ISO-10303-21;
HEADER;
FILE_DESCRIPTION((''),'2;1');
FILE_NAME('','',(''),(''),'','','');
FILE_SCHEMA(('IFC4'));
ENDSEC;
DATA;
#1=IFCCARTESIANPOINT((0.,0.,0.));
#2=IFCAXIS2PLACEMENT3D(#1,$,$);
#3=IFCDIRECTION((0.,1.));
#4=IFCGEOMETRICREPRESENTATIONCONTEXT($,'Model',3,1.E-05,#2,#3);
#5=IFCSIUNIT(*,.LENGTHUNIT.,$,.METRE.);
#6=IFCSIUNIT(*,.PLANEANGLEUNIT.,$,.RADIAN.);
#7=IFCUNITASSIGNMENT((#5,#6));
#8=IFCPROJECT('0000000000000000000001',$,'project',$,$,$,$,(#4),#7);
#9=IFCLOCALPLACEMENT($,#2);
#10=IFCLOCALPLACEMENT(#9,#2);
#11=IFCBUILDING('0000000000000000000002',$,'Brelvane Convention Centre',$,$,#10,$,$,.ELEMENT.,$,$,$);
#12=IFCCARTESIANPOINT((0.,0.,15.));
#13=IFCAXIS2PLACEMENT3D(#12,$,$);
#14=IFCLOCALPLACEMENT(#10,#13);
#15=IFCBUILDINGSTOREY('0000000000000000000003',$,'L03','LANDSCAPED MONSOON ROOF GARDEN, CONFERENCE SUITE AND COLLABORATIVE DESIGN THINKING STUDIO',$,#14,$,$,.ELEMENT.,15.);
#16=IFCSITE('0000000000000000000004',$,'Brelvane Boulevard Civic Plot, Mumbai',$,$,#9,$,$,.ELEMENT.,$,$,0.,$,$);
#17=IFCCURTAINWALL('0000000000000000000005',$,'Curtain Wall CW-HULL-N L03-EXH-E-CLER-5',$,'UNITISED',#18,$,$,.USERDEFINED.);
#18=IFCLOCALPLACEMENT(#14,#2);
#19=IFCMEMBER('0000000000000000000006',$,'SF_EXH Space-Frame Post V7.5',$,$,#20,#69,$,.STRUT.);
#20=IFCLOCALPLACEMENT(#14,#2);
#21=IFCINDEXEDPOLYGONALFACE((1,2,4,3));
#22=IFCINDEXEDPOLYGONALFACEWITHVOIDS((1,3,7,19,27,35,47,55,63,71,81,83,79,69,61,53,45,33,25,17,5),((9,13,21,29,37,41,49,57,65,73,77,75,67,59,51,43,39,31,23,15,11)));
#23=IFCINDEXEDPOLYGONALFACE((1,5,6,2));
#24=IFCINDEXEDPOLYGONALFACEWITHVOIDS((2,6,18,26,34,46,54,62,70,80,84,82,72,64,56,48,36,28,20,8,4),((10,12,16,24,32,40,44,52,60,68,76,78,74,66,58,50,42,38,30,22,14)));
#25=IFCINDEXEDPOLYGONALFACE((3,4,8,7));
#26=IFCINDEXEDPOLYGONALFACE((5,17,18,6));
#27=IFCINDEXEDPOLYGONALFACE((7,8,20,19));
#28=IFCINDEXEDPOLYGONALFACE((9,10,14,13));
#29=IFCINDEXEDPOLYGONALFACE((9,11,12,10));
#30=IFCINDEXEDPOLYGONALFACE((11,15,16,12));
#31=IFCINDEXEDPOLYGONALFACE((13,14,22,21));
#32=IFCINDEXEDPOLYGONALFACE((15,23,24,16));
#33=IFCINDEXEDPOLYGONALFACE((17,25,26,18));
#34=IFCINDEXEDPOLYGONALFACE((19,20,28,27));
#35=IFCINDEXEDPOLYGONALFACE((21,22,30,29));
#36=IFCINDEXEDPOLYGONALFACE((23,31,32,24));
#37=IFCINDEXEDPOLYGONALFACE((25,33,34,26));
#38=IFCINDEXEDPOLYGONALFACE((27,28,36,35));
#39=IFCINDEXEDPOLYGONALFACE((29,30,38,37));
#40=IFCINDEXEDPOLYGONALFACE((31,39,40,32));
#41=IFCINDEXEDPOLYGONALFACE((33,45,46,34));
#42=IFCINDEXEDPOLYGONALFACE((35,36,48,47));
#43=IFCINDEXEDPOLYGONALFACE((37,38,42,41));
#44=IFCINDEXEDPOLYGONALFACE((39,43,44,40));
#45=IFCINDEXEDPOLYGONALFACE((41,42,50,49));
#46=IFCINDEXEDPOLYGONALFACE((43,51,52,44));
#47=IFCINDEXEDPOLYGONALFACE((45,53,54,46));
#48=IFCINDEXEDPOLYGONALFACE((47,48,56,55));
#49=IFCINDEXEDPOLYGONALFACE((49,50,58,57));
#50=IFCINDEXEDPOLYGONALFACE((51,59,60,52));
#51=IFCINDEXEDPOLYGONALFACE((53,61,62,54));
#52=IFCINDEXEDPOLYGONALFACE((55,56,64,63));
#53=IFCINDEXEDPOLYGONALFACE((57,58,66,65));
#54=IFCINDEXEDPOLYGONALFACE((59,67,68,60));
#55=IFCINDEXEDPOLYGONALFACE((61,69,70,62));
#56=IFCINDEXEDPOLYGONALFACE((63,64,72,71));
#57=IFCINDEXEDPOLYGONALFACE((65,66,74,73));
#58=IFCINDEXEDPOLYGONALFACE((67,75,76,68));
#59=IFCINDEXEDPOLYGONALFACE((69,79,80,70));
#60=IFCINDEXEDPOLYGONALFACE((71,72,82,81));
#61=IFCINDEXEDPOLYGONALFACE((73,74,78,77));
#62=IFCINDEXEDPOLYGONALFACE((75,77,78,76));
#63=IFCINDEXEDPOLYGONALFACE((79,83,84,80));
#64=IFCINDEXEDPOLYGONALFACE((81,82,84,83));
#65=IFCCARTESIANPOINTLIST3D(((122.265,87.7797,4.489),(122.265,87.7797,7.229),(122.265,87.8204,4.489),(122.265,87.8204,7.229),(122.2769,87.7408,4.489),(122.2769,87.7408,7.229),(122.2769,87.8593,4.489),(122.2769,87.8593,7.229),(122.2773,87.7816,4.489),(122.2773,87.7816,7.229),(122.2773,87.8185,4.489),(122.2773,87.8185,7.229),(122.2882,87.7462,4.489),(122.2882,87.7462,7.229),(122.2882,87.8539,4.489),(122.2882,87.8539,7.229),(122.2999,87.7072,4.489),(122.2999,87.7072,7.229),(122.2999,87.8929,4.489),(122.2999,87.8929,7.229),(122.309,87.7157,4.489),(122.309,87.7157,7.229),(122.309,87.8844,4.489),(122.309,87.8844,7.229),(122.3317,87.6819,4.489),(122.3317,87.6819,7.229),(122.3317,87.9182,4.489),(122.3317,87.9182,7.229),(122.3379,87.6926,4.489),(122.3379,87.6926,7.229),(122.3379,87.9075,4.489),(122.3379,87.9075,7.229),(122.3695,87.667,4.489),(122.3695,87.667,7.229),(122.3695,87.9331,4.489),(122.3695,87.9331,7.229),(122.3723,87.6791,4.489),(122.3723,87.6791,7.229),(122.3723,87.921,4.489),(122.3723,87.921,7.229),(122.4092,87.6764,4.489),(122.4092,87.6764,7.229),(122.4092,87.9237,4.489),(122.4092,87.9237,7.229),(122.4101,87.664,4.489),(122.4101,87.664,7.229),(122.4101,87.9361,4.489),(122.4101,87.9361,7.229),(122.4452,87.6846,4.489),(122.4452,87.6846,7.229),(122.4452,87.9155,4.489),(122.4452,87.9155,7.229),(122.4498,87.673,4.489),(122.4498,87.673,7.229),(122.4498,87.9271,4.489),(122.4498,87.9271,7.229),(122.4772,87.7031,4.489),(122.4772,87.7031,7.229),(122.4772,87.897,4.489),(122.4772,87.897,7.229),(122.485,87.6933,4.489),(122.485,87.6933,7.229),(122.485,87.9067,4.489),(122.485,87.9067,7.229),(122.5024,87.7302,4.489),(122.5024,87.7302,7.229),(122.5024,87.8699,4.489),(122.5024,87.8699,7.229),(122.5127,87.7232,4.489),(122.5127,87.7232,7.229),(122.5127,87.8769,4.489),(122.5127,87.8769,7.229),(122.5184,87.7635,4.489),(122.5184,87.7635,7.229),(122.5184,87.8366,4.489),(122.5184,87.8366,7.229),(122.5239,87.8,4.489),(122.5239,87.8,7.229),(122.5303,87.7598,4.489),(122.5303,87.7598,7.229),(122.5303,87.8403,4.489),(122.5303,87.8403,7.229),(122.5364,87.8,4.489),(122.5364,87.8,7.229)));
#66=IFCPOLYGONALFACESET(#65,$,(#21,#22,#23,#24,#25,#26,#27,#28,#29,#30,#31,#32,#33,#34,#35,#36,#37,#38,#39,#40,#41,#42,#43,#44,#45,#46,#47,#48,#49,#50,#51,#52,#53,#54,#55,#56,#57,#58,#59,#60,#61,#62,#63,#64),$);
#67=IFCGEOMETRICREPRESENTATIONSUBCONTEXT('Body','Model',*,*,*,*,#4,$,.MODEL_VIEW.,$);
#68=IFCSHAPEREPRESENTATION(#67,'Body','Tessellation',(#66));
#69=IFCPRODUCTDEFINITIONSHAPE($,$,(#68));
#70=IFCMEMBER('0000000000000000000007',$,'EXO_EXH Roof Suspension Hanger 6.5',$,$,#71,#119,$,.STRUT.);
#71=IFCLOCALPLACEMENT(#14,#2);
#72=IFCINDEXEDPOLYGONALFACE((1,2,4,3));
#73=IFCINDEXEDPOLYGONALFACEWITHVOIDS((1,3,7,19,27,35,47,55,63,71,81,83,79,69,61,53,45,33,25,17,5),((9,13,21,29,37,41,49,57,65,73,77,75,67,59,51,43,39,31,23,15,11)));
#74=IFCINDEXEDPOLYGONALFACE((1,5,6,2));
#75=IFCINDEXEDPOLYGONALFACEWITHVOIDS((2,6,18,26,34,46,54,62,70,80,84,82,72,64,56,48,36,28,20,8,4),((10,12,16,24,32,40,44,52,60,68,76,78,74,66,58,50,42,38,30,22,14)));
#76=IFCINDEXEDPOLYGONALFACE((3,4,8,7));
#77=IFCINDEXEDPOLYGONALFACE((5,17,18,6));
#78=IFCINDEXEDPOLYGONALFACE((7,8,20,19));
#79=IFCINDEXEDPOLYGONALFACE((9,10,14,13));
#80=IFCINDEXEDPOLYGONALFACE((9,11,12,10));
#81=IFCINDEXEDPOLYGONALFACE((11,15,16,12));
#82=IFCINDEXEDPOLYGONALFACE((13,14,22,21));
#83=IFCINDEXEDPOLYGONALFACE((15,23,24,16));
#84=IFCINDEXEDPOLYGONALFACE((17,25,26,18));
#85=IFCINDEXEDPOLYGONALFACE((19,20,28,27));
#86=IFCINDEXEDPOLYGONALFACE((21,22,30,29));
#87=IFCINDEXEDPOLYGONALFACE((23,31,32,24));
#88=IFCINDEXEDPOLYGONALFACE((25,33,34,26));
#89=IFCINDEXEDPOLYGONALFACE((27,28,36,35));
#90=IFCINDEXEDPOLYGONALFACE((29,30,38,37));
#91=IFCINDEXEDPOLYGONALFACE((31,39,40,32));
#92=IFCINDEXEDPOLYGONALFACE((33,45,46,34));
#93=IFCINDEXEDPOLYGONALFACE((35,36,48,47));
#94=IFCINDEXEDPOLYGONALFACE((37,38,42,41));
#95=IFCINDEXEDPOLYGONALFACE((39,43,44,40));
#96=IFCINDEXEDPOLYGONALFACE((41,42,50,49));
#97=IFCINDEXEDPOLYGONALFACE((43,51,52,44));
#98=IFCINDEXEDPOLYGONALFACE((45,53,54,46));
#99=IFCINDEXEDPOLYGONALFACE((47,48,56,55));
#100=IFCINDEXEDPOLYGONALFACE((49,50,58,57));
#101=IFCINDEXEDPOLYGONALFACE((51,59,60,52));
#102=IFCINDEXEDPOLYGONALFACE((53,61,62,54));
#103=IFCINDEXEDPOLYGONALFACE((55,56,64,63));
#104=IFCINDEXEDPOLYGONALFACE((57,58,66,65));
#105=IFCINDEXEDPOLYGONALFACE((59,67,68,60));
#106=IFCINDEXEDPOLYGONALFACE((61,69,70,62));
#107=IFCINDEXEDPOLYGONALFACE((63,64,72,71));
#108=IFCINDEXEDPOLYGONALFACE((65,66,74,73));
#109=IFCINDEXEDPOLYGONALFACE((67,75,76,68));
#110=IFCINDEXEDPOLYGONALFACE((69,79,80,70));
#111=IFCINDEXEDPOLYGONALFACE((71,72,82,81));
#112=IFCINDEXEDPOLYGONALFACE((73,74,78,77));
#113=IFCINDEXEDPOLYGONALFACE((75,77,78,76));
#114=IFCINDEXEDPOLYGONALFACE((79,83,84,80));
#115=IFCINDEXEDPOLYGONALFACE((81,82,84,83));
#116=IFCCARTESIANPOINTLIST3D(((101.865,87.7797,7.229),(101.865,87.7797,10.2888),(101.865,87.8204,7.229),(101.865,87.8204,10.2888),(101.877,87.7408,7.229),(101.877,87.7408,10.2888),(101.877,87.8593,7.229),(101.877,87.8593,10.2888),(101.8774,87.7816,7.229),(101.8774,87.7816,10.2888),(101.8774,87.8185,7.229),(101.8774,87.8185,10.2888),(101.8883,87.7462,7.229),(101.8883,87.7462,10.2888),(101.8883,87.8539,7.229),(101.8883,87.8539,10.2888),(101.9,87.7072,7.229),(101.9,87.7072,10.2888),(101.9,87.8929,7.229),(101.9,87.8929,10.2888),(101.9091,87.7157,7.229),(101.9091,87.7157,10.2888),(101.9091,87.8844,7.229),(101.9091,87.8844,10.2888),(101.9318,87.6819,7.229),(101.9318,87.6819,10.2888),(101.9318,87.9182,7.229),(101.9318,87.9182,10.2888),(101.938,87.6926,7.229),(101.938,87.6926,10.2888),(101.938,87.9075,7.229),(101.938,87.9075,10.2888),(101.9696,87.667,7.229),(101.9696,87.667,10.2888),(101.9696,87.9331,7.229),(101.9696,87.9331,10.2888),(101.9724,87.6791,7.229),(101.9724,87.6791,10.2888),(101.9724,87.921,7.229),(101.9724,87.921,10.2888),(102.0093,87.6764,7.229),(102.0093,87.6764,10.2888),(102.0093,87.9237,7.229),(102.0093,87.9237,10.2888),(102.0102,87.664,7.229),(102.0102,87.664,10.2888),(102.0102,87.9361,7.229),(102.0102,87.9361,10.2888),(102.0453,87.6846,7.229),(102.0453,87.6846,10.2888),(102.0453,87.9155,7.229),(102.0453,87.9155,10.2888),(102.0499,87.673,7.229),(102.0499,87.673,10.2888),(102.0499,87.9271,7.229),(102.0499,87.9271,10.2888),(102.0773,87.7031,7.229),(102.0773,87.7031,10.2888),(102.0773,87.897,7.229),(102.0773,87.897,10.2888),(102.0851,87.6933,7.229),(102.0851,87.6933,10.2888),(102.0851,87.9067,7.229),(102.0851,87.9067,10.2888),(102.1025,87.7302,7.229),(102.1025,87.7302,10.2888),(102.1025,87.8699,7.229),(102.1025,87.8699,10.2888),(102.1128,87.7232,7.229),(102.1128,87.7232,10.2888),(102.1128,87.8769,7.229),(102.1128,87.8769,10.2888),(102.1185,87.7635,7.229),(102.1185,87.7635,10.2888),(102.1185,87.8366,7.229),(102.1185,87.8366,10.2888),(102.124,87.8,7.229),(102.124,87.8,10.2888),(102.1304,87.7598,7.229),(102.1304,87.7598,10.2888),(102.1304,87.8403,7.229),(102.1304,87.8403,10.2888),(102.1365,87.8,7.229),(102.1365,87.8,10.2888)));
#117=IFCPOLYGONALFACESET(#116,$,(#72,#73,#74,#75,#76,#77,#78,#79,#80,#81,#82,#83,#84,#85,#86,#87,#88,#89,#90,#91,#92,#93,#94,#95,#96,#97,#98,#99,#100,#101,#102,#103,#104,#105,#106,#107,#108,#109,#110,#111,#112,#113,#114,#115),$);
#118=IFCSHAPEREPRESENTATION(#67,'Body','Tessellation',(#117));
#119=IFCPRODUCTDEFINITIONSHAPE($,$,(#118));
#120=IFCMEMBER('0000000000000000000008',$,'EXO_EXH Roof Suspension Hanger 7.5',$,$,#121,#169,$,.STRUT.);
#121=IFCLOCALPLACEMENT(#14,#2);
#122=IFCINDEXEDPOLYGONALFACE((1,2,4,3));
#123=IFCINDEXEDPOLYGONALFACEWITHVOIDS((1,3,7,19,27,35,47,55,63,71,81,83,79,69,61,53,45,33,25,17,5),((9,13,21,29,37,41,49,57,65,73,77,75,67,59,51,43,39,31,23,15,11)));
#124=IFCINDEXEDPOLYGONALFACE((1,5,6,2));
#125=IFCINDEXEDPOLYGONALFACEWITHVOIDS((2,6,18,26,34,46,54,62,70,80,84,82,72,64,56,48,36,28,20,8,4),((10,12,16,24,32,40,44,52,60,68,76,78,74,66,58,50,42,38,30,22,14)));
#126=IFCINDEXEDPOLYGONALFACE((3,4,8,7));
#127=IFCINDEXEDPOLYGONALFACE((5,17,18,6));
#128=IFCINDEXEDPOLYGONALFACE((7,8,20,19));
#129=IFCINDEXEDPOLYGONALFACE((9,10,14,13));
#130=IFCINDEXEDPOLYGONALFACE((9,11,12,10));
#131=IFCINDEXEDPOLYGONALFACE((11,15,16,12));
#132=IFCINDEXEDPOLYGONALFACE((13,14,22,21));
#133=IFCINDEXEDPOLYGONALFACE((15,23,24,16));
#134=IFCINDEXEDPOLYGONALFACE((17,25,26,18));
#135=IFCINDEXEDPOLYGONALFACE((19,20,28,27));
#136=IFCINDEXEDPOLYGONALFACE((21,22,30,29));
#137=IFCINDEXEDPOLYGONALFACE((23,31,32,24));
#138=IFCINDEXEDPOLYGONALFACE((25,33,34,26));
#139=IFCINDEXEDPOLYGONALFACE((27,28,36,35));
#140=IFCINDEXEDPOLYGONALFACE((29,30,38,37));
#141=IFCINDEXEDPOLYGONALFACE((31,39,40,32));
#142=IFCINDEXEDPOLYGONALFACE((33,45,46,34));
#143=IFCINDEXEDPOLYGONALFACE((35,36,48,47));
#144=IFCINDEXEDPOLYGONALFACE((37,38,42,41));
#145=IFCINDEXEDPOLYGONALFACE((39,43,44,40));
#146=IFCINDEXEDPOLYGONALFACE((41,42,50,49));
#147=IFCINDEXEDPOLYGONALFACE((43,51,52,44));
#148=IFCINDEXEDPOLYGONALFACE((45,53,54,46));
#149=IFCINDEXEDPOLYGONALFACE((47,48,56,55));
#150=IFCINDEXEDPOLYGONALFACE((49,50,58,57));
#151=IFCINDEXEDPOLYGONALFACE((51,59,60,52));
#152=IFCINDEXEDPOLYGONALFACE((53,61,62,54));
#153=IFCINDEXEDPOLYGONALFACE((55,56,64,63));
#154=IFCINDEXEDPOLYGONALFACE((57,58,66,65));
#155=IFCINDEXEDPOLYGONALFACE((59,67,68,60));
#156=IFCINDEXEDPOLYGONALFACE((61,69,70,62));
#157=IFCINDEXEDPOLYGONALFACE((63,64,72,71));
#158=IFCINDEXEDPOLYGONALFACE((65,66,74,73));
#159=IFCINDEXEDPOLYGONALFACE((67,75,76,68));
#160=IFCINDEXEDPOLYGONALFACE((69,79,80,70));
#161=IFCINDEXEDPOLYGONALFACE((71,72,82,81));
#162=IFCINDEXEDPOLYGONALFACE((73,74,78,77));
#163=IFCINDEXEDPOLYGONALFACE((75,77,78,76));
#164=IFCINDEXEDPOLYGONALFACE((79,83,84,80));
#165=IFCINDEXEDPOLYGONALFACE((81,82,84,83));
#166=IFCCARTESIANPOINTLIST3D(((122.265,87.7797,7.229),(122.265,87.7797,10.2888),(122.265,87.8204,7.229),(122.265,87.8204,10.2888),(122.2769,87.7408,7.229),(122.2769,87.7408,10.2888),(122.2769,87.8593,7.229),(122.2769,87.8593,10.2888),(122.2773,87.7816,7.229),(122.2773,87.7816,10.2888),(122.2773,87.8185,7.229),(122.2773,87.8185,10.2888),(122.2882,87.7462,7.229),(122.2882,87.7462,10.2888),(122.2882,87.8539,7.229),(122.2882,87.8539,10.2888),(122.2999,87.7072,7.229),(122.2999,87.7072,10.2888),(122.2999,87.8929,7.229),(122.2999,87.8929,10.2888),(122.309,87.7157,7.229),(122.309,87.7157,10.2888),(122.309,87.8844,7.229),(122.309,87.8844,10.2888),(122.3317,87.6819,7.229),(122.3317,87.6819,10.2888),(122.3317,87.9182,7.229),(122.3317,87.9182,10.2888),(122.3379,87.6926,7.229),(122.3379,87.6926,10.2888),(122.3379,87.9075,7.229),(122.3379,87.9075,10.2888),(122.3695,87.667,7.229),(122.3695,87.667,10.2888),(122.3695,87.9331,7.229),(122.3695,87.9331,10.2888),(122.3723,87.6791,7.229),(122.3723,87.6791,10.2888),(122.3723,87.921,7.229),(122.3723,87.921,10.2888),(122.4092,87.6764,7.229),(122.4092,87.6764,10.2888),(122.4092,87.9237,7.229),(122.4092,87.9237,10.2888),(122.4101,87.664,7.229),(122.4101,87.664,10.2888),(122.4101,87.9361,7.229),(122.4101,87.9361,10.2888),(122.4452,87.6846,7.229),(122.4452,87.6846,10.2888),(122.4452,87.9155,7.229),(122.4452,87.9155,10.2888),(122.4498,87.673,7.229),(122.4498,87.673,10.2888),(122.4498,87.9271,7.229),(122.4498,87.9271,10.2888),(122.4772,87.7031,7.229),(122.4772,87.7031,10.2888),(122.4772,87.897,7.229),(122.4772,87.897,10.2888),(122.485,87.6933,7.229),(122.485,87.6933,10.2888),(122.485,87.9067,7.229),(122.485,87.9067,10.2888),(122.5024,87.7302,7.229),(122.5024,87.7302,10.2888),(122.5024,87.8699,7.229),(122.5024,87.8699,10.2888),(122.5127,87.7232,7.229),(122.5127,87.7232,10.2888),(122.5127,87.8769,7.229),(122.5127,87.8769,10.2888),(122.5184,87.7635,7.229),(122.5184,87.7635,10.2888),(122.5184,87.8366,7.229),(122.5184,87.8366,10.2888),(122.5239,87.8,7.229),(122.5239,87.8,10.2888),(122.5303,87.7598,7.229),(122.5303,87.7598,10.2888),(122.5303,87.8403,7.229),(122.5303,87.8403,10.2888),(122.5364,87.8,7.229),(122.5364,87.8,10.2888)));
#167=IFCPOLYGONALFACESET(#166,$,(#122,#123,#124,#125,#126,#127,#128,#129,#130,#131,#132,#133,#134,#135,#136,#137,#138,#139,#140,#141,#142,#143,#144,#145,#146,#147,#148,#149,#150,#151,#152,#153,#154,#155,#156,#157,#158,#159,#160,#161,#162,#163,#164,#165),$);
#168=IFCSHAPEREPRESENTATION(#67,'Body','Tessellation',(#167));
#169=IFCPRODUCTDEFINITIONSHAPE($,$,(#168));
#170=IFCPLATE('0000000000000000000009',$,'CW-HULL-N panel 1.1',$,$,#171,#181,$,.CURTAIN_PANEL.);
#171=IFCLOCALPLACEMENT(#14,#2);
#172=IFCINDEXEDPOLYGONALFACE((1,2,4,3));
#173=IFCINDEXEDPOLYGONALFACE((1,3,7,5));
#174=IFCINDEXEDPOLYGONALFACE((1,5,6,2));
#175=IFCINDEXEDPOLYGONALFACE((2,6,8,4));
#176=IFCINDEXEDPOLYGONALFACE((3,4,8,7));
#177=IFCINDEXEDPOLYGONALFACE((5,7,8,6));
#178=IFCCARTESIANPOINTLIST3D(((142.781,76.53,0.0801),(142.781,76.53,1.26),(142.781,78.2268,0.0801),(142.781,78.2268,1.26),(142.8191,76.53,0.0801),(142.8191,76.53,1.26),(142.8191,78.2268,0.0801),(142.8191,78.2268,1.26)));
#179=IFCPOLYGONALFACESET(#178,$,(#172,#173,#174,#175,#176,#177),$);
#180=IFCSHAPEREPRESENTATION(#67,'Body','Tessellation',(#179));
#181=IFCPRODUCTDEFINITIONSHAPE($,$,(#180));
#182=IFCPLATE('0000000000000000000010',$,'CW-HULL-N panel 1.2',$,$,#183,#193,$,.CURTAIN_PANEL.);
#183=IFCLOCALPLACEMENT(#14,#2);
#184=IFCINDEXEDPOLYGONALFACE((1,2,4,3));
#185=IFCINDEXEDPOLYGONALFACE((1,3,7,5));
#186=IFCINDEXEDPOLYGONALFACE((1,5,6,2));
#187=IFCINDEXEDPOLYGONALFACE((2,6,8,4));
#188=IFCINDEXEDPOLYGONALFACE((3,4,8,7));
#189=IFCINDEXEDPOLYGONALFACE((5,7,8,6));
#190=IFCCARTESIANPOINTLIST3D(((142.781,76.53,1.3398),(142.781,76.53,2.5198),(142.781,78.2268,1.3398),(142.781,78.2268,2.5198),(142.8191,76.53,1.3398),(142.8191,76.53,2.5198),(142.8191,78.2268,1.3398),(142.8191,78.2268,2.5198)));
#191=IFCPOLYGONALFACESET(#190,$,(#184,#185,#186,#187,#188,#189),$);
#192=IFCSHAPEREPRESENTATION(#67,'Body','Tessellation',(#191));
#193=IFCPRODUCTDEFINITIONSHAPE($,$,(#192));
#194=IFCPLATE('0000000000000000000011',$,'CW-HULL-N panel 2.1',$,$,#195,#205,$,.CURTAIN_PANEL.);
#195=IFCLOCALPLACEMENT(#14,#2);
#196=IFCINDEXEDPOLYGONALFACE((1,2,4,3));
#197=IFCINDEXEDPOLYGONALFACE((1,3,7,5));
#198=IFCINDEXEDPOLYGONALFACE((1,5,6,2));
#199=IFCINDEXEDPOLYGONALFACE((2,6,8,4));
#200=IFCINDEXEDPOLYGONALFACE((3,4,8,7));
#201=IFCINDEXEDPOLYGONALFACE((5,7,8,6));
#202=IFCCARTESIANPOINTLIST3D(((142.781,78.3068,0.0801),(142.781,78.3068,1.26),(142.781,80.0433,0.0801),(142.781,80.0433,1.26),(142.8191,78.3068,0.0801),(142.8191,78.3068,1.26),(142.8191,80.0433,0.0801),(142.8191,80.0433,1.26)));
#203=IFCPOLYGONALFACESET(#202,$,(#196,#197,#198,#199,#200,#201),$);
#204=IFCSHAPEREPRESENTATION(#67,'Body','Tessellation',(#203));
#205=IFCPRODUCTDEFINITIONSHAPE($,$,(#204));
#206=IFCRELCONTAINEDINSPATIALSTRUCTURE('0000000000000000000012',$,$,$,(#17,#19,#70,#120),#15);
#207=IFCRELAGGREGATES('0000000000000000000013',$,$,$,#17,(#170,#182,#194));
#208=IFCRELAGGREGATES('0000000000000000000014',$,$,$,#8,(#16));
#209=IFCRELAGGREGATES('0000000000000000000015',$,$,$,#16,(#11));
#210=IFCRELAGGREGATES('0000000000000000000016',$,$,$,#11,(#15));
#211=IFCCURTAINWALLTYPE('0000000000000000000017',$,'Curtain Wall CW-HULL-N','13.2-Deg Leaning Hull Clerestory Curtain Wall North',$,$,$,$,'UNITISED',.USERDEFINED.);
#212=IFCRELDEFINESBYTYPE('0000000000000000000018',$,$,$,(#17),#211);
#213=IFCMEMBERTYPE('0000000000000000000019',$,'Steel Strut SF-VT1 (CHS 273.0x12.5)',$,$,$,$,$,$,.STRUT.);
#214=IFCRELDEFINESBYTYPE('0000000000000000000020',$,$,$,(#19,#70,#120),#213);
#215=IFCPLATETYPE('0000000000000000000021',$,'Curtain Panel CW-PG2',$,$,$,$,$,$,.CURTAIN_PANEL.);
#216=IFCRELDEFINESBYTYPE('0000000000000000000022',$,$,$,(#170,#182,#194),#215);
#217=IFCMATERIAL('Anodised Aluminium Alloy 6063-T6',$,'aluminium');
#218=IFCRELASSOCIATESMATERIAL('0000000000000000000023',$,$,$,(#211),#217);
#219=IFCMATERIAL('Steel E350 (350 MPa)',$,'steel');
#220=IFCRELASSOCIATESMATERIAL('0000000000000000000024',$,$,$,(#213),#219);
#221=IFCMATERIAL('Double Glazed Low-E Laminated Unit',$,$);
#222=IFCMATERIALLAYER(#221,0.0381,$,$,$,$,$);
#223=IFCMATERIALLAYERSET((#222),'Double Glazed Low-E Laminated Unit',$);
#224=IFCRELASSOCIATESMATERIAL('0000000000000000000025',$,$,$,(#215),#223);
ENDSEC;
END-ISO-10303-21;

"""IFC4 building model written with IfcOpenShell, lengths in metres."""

from ifc_helpers import new_model, si_unit, direction, frame, origin, origin_2d, place, context, subcontext, project, spatial, rectangle, hollow_circle, extrude, material, layer, layer_set, material_profile, profile_set, type_object, element, aggregate, save


model = new_model("IFC4")

# Units and contexts
model_context = context("Model", 3, precision=1e-05, world=origin(), true_north=direction((0.0, 1.0)))
body_context = subcontext(model_context, "Body", "Model", "MODEL_VIEW")
ifc_project = project(units=[si_unit("LENGTHUNIT", "METRE"), si_unit("PLANEANGLEUNIT", "RADIAN")], contexts=[model_context])

# Site, building, storey
site_placement = place(None, origin())
site = spatial("IfcSite", under=ifc_project, at=site_placement, Name="Brelvane Boulevard Civic Plot, Mumbai", CompositionType="ELEMENT", RefElevation=0.0)
building_placement = place(site_placement, origin())
building = spatial("IfcBuilding", under=site, at=building_placement, Name="Brelvane Convention Centre", CompositionType="ELEMENT")
storey_placement = place(building_placement, frame((0.0, 0.0, 15.0)))
storey = spatial("IfcBuildingStorey", under=building, at=storey_placement, Name="L03", Description="LANDSCAPED MONSOON ROOF GARDEN, CONFERENCE SUITE AND COLLABORATIVE DESIGN THINKING STUDIO", CompositionType="ELEMENT", Elevation=15.0)

# Curtain wall
ifc_material_1 = material(Name="Anodised Aluminium Alloy 6063-T6", Category="aluminium")
curtain_wall_type = type_object("IfcCurtainWallType", Name="Curtain Wall CW-HULL-N", Description="13.2-Deg Leaning Hull Clerestory Curtain Wall North", ElementType="UNITISED", PredefinedType="USERDEFINED", material=ifc_material_1)
curtain_wall_placement = place(storey_placement, origin())
curtain_wall = element("IfcCurtainWall", 1, at=curtain_wall_placement, inside=storey, type_object=curtain_wall_type, Name="Curtain Wall CW-HULL-N L03-EXH-E-CLER-5", ObjectType="UNITISED", PredefinedType="USERDEFINED")

# Members
ifc_material_2 = material(Name="Steel E350 (350 MPa)", Category="steel")
ifc_material_profile_1 = material_profile(ifc_material_2, hollow_circle(Radius=0.1365, WallThickness=0.0125, at=origin_2d()), Name="CHS 273.0x12.5")
ifc_profile_set_1 = profile_set([ifc_material_profile_1], Name="Steel E350 (350 MPa)")
member_type_1 = type_object("IfcMemberType", Name="Steel Strut SF-VT1 (CHS 273.0x12.5)", PredefinedType="STRUT", material=ifc_profile_set_1)
member_1_placement = place(storey_placement, frame((122.3999, 87.8, 4.489), z_axis=(0.0, 0.0, 1.0), x_axis=(1.0, 0.0, 0.0)))
element("IfcMember", 2, at=member_1_placement, inside=storey, type_object=member_type_1, Name="SF_EXH Space-Frame Post V7.5", PredefinedType="STRUT", context=body_context, shape_type="SweptSolid", body=[
    extrude(hollow_circle(Radius=0.1365, WallThickness=0.0125, at=origin_2d()), origin(), (0.0, 0.0, 1.0), 2.74),
])
for number, where, z_axis, x_axis, name in (
    (3, (102.0, 87.8, 7.229), (0.0, 0.0, 1.0), (1.0, 0.0, 0.0), "EXO_EXH Roof Suspension Hanger 6.5"),
    (4, (122.3999, 87.8, 7.229), (0.0, 0.0, 1.0), (1.0, 0.0, 0.0), "EXO_EXH Roof Suspension Hanger 7.5"),
):
    element("IfcMember", number, at=place(storey_placement, frame(where, z_axis=z_axis, x_axis=x_axis)), inside=storey, type_object=member_type_1, Name=name, PredefinedType="STRUT", context=body_context, shape_type="SweptSolid", body=[
        extrude(hollow_circle(Radius=0.1365, WallThickness=0.0125, at=origin_2d()), origin(), (0.0, 0.0, 1.0), 3.0598),
    ])

# Plates
ifc_material_3 = material(Name="Double Glazed Low-E Laminated Unit")
ifc_layer_1 = layer(ifc_material_3, 0.0381)
ifc_layer_set_1 = layer_set([ifc_layer_1], Name="Double Glazed Low-E Laminated Unit")
plate_type_1 = type_object("IfcPlateType", Name="Curtain Panel CW-PG2", PredefinedType="CURTAIN_PANEL", material=ifc_layer_set_1)
plate_1_placement = place(storey_placement, frame((142.8, 77.3784, 0.0801), z_axis=(0.0, 0.0, 1.0), x_axis=(0.0, 1.0, 0.0)))
plate_1 = element("IfcPlate", 5, at=plate_1_placement, type_object=plate_type_1, Name="CW-HULL-N panel 1.1", PredefinedType="CURTAIN_PANEL", context=body_context, shape_type="SweptSolid", body=[
    extrude(rectangle(XDim=1.6968, YDim=0.0381, at=origin_2d()), origin(), (0.0, 0.0, 1.0), 1.1799),
])
plate_2_placement = place(storey_placement, frame((142.8, 77.3784, 1.3398), z_axis=(0.0, 0.0, 1.0), x_axis=(0.0, 1.0, 0.0)))
plate_2 = element("IfcPlate", 6, at=plate_2_placement, type_object=plate_type_1, Name="CW-HULL-N panel 1.2", PredefinedType="CURTAIN_PANEL", context=body_context, shape_type="SweptSolid", body=[
    extrude(rectangle(XDim=1.6968, YDim=0.0381, at=origin_2d()), origin(), (0.0, 0.0, 1.0), 1.1799),
])
plate_3_placement = place(storey_placement, frame((142.8, 79.175, 0.0801), z_axis=(0.0, 0.0, 1.0), x_axis=(0.0, 1.0, 0.0)))
plate_3 = element("IfcPlate", 7, at=plate_3_placement, type_object=plate_type_1, Name="CW-HULL-N panel 2.1", PredefinedType="CURTAIN_PANEL", context=body_context, shape_type="SweptSolid", body=[
    extrude(rectangle(XDim=1.7366, YDim=0.0381, at=origin_2d()), origin(), (0.0, 0.0, 1.0), 1.1799),
])
aggregate(curtain_wall, [plate_1, plate_2, plate_3])

save(model, "model.ifc")
